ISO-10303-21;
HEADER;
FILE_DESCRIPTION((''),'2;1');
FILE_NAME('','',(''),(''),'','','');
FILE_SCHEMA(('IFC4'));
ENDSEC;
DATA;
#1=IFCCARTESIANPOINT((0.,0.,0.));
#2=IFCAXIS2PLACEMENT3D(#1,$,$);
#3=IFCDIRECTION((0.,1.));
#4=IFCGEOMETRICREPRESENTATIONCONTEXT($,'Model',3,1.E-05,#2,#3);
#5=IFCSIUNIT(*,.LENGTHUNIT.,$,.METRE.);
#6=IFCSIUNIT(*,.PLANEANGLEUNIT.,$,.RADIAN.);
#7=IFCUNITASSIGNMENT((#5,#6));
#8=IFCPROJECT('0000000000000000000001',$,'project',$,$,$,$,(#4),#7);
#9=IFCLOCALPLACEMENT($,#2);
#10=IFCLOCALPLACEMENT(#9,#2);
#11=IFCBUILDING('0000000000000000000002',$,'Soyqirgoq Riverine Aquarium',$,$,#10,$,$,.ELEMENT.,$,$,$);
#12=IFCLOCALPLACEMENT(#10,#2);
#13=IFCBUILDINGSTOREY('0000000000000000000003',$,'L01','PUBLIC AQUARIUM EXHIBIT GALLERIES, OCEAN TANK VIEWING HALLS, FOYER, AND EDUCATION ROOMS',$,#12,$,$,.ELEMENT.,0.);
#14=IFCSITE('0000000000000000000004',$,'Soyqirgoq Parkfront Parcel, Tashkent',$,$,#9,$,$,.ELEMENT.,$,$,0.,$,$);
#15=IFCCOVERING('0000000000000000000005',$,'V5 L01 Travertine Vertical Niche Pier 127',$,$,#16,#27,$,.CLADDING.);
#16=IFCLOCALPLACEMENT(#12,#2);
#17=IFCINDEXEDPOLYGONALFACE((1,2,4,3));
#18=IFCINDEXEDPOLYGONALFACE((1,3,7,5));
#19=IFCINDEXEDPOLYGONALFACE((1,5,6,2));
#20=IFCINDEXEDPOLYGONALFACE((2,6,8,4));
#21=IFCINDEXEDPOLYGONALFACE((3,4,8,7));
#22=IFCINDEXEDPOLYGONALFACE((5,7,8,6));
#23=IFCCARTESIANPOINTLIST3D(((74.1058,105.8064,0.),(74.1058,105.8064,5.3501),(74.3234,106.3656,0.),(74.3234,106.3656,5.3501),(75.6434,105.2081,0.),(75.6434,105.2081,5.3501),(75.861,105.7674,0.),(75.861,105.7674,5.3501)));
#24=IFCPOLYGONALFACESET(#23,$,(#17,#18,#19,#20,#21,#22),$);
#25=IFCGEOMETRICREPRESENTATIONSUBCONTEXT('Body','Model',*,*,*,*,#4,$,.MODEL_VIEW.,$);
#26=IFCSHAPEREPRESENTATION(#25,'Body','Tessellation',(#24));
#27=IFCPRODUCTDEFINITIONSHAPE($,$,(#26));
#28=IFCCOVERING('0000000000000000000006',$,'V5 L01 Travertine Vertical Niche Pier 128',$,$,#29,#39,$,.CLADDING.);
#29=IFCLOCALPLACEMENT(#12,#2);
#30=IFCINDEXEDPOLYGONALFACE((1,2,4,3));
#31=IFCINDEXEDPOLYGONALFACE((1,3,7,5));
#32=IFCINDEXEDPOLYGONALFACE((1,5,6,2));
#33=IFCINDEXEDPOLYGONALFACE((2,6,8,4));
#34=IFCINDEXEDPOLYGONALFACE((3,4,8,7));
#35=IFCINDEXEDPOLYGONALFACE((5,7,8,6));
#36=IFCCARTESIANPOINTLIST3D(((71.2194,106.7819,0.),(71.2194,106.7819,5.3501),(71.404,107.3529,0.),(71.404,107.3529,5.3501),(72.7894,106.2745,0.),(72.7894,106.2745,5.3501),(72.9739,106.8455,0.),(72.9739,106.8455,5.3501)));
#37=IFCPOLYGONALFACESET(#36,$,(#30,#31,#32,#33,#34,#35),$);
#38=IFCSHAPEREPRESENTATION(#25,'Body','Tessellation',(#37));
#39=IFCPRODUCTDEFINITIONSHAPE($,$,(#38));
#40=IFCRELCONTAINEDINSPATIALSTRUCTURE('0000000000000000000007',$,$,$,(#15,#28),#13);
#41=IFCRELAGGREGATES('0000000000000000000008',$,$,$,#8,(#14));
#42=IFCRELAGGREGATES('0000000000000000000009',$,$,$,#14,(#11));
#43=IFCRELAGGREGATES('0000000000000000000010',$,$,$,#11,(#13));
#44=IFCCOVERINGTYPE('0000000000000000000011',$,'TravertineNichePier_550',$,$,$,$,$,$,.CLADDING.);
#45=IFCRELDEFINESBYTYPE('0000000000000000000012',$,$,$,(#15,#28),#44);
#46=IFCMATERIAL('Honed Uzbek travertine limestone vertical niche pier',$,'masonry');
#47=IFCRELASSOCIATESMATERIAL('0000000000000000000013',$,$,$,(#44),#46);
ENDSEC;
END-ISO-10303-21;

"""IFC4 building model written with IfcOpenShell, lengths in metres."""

from ifc_helpers import new_model, si_unit, direction, frame, origin, origin_2d, place, context, subcontext, project, spatial, rectangle, extrude, material, type_object, element, save


model = new_model("IFC4")

# Units and contexts
model_context = context("Model", 3, precision=1e-05, world=origin(), true_north=direction((0.0, 1.0)))
body_context = subcontext(model_context, "Body", "Model", "MODEL_VIEW")
ifc_project = project(units=[si_unit("LENGTHUNIT", "METRE"), si_unit("PLANEANGLEUNIT", "RADIAN")], contexts=[model_context])

# Site, building, storey
site_placement = place(None, origin())
site = spatial("IfcSite", under=ifc_project, at=site_placement, Name="Soyqirgoq Parkfront Parcel, Tashkent", CompositionType="ELEMENT", RefElevation=0.0)
building_placement = place(site_placement, origin())
building = spatial("IfcBuilding", under=site, at=building_placement, Name="Soyqirgoq Riverine Aquarium", CompositionType="ELEMENT")
storey_placement = place(building_placement, origin())
storey = spatial("IfcBuildingStorey", under=building, at=storey_placement, Name="L01", Description="PUBLIC AQUARIUM EXHIBIT GALLERIES, OCEAN TANK VIEWING HALLS, FOYER, AND EDUCATION ROOMS", CompositionType="ELEMENT", Elevation=0.0)

# Coverings
ifc_material_1 = material(Name="Honed Uzbek travertine limestone vertical niche pier", Category="masonry")
covering_type_1 = type_object("IfcCoveringType", Name="TravertineNichePier_550", PredefinedType="CLADDING", material=ifc_material_1)
for number, where, z_axis, x_axis, name in (
    (1, (74.9834, 105.7869, 0.0), (0.0, 0.0, 1.0), (0.362601, 0.931945, 0.0), "V5 L01 Travertine Vertical Niche Pier 127"),
    (2, (72.0967, 106.8137, 0.0), (0.0, 0.0, 1.0), (0.307523, 0.951541, 0.0), "V5 L01 Travertine Vertical Niche Pier 128"),
):
    element("IfcCovering", number, at=place(storey_placement, frame(where, z_axis=z_axis, x_axis=x_axis)), inside=storey, type_object=covering_type_1, Name=name, PredefinedType="CLADDING", context=body_context, shape_type="SweptSolid", body=[
        extrude(rectangle(XDim=0.6001, YDim=1.6499, at=origin_2d()), origin(), (0.0, 0.0, 1.0), 5.3501),
    ])

save(model, "model.ifc")
